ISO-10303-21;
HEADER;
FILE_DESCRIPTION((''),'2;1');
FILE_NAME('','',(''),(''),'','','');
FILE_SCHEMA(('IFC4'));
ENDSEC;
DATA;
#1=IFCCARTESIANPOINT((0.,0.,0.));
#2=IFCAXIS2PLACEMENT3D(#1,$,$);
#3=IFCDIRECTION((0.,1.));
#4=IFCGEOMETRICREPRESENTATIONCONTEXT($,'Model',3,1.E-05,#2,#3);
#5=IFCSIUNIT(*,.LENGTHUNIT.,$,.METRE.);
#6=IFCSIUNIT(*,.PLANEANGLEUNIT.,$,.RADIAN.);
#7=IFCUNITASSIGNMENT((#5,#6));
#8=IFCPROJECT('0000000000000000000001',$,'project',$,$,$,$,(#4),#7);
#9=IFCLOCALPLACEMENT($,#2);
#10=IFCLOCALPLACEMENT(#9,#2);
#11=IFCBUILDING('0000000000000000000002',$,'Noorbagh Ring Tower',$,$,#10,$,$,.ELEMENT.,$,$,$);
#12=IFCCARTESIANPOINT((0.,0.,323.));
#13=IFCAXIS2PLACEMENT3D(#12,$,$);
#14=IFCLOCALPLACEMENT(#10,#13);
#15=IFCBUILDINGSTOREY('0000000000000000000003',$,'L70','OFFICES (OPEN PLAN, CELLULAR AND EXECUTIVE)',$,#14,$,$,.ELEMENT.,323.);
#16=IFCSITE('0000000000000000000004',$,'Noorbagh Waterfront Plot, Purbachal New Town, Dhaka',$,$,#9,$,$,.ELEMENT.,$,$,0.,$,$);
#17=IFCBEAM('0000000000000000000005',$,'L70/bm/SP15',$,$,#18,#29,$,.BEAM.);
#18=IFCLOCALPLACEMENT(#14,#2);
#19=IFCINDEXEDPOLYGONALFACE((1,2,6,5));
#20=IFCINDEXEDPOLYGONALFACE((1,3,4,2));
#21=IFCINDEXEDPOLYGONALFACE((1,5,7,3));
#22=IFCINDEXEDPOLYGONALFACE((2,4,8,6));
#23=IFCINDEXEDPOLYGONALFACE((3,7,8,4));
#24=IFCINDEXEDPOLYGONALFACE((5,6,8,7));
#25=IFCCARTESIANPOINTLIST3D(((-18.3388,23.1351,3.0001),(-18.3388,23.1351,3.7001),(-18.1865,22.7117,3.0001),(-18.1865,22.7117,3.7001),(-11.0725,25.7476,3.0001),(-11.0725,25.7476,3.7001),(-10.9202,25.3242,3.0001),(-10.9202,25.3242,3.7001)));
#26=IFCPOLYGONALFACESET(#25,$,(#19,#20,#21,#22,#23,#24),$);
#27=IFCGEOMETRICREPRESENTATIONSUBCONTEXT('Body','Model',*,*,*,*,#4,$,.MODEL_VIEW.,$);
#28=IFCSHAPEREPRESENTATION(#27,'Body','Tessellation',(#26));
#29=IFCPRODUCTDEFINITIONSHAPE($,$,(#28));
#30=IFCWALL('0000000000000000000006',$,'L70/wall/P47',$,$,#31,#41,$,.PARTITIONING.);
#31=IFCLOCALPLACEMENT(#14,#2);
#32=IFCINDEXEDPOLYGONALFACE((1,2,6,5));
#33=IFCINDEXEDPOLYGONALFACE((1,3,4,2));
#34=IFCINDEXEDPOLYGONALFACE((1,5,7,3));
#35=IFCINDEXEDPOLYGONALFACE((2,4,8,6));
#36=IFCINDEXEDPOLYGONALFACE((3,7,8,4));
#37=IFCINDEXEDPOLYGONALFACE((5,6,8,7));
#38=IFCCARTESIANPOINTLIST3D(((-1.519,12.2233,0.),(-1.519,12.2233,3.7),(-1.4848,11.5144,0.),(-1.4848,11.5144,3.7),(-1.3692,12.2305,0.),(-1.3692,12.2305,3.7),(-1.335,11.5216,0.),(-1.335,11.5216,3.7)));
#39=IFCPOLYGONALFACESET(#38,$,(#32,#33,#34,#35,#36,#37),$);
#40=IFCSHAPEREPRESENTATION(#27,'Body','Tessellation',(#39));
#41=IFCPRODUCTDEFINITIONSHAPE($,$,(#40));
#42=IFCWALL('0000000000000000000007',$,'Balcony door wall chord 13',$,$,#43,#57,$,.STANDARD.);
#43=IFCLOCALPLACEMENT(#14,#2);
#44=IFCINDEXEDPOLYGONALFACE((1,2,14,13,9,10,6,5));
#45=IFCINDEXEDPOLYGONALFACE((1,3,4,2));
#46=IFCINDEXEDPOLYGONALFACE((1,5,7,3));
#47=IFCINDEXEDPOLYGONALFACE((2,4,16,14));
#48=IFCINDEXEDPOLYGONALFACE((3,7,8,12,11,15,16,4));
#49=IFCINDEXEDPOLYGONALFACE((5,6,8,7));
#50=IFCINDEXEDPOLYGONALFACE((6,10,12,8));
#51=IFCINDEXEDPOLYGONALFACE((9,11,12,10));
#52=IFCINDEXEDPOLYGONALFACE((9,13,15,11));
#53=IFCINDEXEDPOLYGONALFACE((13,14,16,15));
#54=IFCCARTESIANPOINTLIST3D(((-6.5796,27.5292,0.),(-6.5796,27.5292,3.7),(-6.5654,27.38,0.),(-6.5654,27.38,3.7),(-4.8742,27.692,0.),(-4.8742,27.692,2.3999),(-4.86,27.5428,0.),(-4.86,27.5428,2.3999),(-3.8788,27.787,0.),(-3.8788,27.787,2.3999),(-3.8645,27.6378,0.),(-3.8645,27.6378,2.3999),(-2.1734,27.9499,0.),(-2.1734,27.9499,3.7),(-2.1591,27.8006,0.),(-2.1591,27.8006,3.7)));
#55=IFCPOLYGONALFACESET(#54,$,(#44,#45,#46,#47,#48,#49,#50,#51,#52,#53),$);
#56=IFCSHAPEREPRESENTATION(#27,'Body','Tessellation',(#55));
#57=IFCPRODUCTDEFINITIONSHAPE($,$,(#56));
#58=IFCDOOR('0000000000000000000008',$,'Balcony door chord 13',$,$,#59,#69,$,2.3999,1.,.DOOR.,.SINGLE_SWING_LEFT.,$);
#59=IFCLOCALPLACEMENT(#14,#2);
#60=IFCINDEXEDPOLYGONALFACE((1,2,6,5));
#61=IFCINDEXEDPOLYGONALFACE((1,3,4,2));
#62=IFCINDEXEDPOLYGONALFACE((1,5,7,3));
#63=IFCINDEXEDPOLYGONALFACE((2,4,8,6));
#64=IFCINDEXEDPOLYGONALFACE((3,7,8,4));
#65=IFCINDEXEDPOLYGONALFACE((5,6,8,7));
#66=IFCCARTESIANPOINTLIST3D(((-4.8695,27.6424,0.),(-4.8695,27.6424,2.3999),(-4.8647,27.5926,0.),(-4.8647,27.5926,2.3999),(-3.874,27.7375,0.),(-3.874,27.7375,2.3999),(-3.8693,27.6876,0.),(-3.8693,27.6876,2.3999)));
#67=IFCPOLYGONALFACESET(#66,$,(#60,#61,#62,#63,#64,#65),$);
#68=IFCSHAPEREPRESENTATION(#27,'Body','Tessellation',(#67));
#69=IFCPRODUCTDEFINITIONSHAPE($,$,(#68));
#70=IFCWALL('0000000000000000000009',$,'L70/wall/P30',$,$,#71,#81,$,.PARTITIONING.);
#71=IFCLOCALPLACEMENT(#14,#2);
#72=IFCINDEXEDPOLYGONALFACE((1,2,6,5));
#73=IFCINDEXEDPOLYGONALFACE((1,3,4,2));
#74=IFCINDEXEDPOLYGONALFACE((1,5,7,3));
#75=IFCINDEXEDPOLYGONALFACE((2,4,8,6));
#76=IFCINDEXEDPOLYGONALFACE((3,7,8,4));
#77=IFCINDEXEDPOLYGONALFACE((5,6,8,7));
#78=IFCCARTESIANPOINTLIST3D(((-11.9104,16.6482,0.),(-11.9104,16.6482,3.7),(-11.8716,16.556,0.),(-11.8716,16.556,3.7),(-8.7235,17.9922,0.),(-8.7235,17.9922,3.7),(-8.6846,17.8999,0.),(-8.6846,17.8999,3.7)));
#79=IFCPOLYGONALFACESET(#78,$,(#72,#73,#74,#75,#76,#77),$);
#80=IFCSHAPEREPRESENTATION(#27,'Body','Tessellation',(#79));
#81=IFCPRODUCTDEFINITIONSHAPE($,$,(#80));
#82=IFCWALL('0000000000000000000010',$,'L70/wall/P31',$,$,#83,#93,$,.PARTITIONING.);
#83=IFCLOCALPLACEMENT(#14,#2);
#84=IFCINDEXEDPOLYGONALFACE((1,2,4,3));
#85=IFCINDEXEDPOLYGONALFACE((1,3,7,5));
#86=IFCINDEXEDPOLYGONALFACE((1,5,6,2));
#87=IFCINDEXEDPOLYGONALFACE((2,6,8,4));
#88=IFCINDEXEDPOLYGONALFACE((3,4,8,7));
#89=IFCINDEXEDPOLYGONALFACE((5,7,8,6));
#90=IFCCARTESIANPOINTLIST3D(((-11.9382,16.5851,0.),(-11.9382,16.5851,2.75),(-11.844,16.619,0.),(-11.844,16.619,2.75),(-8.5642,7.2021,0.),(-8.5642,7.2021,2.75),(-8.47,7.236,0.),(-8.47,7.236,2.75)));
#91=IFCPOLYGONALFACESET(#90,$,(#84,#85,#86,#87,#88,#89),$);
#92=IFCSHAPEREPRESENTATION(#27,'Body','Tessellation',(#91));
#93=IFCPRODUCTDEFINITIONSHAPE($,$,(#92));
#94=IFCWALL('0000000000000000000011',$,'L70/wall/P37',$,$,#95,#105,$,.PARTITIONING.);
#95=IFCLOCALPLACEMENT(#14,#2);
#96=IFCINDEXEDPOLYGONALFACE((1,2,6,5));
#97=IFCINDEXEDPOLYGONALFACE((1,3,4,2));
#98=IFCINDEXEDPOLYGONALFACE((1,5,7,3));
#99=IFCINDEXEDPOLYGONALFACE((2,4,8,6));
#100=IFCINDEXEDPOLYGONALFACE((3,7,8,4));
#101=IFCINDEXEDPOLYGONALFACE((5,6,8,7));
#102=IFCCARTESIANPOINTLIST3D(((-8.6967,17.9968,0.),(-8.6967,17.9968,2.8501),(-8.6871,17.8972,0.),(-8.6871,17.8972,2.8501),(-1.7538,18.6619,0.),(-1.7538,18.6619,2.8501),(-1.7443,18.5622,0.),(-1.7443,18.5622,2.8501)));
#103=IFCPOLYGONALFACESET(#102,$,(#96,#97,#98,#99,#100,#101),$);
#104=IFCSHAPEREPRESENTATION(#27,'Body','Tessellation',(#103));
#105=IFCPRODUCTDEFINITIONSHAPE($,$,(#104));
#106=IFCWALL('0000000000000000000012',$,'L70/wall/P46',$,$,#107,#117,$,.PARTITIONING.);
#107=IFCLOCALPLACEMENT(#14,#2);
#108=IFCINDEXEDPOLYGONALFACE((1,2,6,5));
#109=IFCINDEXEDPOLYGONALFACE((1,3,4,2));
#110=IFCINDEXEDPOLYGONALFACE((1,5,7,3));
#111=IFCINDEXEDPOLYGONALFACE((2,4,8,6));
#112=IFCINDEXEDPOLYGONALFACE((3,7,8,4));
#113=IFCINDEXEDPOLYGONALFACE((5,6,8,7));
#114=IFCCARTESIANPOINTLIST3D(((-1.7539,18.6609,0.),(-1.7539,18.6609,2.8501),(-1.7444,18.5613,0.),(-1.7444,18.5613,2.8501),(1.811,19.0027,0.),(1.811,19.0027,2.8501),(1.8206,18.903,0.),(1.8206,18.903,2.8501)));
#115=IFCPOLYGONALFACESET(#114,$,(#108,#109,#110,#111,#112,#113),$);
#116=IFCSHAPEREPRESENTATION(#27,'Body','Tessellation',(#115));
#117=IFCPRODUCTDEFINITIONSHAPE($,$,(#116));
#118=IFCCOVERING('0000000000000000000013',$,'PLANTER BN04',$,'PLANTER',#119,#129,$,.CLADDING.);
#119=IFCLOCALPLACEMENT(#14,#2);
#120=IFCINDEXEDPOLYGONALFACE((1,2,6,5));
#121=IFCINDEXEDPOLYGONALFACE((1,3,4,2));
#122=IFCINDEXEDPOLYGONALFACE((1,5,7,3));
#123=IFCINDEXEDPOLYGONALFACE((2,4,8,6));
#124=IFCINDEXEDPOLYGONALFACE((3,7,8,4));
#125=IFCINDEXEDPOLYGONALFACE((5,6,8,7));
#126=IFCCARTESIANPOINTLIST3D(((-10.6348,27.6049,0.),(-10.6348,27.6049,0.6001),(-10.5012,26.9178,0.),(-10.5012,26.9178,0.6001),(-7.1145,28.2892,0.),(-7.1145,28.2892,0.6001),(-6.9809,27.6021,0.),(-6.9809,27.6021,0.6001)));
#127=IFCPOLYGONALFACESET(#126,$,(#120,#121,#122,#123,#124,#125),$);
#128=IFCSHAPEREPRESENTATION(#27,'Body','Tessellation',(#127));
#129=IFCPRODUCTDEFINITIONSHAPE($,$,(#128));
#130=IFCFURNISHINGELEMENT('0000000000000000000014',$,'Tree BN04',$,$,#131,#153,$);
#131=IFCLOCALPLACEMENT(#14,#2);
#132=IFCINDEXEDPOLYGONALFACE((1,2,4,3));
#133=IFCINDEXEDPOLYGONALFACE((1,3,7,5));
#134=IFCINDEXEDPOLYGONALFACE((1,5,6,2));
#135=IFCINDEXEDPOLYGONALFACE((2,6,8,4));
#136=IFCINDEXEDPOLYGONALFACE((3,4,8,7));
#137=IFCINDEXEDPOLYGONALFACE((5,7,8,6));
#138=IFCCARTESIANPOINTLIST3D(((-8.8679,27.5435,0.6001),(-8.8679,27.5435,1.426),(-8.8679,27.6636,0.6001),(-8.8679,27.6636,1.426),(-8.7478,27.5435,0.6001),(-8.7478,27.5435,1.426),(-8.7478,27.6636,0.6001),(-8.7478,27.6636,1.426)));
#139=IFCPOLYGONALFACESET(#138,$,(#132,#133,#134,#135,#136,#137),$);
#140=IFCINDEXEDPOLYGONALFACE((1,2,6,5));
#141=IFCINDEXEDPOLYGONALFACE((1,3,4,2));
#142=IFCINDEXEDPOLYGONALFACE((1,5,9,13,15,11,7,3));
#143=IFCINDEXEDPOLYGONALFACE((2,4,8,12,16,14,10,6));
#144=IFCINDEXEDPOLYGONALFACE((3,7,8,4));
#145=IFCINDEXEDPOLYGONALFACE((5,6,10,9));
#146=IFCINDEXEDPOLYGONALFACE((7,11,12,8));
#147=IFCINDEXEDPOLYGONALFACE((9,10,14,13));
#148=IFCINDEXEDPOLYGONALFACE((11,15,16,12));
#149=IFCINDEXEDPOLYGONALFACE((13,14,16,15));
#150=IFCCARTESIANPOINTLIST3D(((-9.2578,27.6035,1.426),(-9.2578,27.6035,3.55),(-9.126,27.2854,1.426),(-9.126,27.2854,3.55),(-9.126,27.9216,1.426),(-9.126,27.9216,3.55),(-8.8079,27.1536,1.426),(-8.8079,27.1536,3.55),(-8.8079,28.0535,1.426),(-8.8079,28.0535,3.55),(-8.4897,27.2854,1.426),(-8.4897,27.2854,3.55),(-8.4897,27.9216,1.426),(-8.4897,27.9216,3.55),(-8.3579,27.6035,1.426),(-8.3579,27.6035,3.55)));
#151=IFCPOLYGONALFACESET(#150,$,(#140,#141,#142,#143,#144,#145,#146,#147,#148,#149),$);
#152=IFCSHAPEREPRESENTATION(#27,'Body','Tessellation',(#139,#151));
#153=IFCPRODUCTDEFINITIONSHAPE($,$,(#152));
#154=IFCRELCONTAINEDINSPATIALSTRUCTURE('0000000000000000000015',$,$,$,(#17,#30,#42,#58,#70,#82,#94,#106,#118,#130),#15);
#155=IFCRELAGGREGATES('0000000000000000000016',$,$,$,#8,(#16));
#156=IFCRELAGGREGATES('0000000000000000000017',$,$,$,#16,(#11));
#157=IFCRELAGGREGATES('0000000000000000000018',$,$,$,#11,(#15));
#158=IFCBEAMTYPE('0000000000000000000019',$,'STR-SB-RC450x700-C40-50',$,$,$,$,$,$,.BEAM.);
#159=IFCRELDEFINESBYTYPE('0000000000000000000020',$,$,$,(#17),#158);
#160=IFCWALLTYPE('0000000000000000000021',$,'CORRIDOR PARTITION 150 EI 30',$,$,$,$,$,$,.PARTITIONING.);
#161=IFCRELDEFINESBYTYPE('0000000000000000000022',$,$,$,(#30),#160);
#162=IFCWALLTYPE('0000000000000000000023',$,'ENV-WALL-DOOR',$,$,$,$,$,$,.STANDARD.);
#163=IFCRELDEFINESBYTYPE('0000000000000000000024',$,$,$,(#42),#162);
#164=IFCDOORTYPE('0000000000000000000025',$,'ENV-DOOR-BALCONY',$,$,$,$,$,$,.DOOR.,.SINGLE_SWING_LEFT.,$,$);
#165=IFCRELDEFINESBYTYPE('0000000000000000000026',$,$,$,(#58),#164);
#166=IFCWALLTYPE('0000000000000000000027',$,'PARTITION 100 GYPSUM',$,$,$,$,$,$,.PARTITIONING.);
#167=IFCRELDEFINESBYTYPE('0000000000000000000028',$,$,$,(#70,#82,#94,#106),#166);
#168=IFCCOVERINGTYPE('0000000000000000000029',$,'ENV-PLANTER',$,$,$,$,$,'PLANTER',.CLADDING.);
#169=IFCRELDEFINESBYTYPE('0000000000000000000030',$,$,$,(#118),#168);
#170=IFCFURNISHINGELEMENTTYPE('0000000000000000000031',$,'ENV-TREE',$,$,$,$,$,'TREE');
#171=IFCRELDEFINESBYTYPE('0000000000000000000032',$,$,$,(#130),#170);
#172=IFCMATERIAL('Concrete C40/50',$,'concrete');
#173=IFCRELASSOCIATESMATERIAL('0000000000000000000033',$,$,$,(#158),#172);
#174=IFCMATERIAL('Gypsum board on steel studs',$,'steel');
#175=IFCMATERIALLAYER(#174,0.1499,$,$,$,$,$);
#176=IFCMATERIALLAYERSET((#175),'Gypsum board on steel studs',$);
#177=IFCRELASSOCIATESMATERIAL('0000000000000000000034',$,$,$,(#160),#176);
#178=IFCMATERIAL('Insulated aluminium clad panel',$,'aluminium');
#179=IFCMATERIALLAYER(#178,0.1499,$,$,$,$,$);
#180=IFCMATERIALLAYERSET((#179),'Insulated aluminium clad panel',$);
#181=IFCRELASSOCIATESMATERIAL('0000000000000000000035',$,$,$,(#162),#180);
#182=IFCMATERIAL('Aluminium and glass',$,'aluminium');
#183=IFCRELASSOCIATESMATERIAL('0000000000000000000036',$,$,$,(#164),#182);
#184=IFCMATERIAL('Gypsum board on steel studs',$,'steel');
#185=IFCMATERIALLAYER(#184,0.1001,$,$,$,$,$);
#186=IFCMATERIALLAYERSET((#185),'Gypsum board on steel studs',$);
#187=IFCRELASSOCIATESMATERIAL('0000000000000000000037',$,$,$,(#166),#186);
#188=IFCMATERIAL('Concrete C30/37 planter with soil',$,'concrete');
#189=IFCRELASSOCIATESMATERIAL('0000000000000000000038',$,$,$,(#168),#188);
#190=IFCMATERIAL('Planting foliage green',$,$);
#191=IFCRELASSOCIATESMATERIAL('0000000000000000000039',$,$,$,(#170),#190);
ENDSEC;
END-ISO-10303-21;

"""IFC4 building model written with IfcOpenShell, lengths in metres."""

from ifc_helpers import new_model, si_unit, direction, frame, frame_2d, origin, origin_2d, place, context, subcontext, project, spatial, polyline, rectangle, outline, extrude, material, layer, layer_set, material_profile, profile_set, type_object, element, fill, save


model = new_model("IFC4")

# Units and contexts
model_context = context("Model", 3, precision=1e-05, world=origin(), true_north=direction((0.0, 1.0)))
body_context = subcontext(model_context, "Body", "Model", "MODEL_VIEW")
ifc_project = project(units=[si_unit("LENGTHUNIT", "METRE"), si_unit("PLANEANGLEUNIT", "RADIAN")], contexts=[model_context])

# Site, building, storey
site_placement = place(None, origin())
site = spatial("IfcSite", under=ifc_project, at=site_placement, Name="Noorbagh Waterfront Plot, Purbachal New Town, Dhaka", CompositionType="ELEMENT", RefElevation=0.0)
building_placement = place(site_placement, origin())
building = spatial("IfcBuilding", under=site, at=building_placement, Name="Noorbagh Ring Tower", CompositionType="ELEMENT")
storey_placement = place(building_placement, frame((0.0, 0.0, 323.0)))
storey = spatial("IfcBuildingStorey", under=building, at=storey_placement, Name="L70", Description="OFFICES (OPEN PLAN, CELLULAR AND EXECUTIVE)", CompositionType="ELEMENT", Elevation=323.0)

# Beam
ifc_material_1 = material(Name="Concrete C40/50", Category="concrete")
ifc_material_profile_1 = material_profile(ifc_material_1, rectangle(XDim=0.45, YDim=0.7, at=origin_2d()), Name="RC450x700")
ifc_profile_set_1 = profile_set([ifc_material_profile_1], Name="Concrete C40/50")
beam_type_1 = type_object("IfcBeamType", Name="STR-SB-RC450x700-C40-50", PredefinedType="BEAM", material=ifc_profile_set_1)
beam_1_placement = place(storey_placement, frame((-10.9963, 25.5359, 3.3501), z_axis=(-0.941025, -0.338337, 0.0), x_axis=(0.338337, -0.941025, 0.0)))
element("IfcBeam", 1, at=beam_1_placement, inside=storey, type_object=beam_type_1, Name="L70/bm/SP15", PredefinedType="BEAM", context=body_context, shape_type="SweptSolid", body=[
    extrude(rectangle(XDim=0.45, YDim=0.7, at=origin_2d()), origin(), (0.0, 0.0, 1.0), 7.7217),
])

# Wall
ifc_material_2 = material(Name="Gypsum board on steel studs", Category="steel")
ifc_layer_1 = layer(ifc_material_2, 0.1499)
ifc_layer_set_1 = layer_set([ifc_layer_1], Name="Gypsum board on steel studs")
wall_type_1 = type_object("IfcWallType", Name="CORRIDOR PARTITION 150 EI 30", PredefinedType="PARTITIONING", material=ifc_layer_set_1)
wall_1_placement = place(storey_placement, frame((-1.4441, 12.2271, 0.0), z_axis=(0.0, 0.0, 1.0), x_axis=(0.048153, -0.99884, 0.0)))
element("IfcWall", 2, at=wall_1_placement, inside=storey, type_object=wall_type_1, Name="L70/wall/P47", PredefinedType="PARTITIONING", context=body_context, shape_type="SweptSolid", body=[
    extrude(rectangle(XDim=0.7097, YDim=0.1499, at=frame_2d((0.355, 0.0))), origin(), (0.0, 0.0, 1.0), 3.7),
])

# Wall, opening, door
ifc_material_3 = material(Name="Insulated aluminium clad panel", Category="aluminium")
ifc_layer_2 = layer(ifc_material_3, 0.1499)
ifc_layer_set_2 = layer_set([ifc_layer_2], Name="Insulated aluminium clad panel")
wall_type_2 = type_object("IfcWallType", Name="ENV-WALL-DOOR", PredefinedType="STANDARD", material=ifc_layer_set_2)
wall_2_placement = place(storey_placement, frame((-2.1663, 27.8752, 0.0), z_axis=(0.0, 0.0, 1.0), x_axis=(-0.995474, -0.095036, 0.0)))
wall_2 = element("IfcWall", 3, at=wall_2_placement, inside=storey, type_object=wall_type_2, Name="Balcony door wall chord 13", PredefinedType="STANDARD", context=body_context, shape_type="SweptSolid", body=[
    extrude(rectangle(XDim=4.4263, YDim=0.1499, at=frame_2d((2.2131, 0.0))), origin(), (0.0, 0.0, 1.0), 3.7),
])
opening_placement = place(wall_2_placement, frame((1.7131, 0.0, 0.0)))
opening = element("IfcOpeningElement", 4, at=opening_placement, cuts=wall_2, PredefinedType="OPENING", context=body_context, shape_type="SweptSolid", body=[
    extrude(rectangle(XDim=1.0, YDim=2.3999, at=frame_2d((0.5, 1.2))), frame((0.0, 0.085, 0.0), z_axis=(0.0, -1.0, 0.0), x_axis=(1.0, 0.0, 0.0)), (0.0, 0.0, 1.0), 0.1699),
])
ifc_material_4 = material(Name="Aluminium and glass", Category="aluminium")
door_type = type_object("IfcDoorType", Name="ENV-DOOR-BALCONY", OperationType="SINGLE_SWING_LEFT", PredefinedType="DOOR", material=ifc_material_4)
door_placement = place(opening_placement, origin())
door = element("IfcDoor", 5, at=door_placement, inside=storey, type_object=door_type, Name="Balcony door chord 13", OperationType="SINGLE_SWING_LEFT", OverallHeight=2.3999, OverallWidth=1.0, PredefinedType="DOOR", context=body_context, shape_type="SweptSolid", body=[
    extrude(rectangle(XDim=1.0, YDim=2.3999, at=frame_2d((0.5, 1.2))), frame((0.0, 0.0249, 0.0), z_axis=(0.0, -1.0, 0.0), x_axis=(1.0, 0.0, 0.0)), (0.0, 0.0, 1.0), 0.05),
])
fill(opening, door)

# Walls
ifc_material_5 = material(Name="Gypsum board on steel studs", Category="steel")
ifc_layer_3 = layer(ifc_material_5, 0.1001)
ifc_layer_set_3 = layer_set([ifc_layer_3], Name="Gypsum board on steel studs")
wall_type_3 = type_object("IfcWallType", Name="PARTITION 100 GYPSUM", PredefinedType="PARTITIONING", material=ifc_layer_set_3)
wall_3_placement = place(storey_placement, frame((-11.8911, 16.6021, 0.0), z_axis=(0.0, 0.0, 1.0), x_axis=(0.921419, 0.388571, 0.0)))
element("IfcWall", 6, at=wall_3_placement, inside=storey, type_object=wall_type_3, Name="L70/wall/P30", PredefinedType="PARTITIONING", context=body_context, shape_type="SweptSolid", body=[
    extrude(rectangle(XDim=3.4587, YDim=0.1001, at=frame_2d((1.7295, 0.0))), origin(), (0.0, 0.0, 1.0), 3.7),
])
wall_4_placement = place(storey_placement, frame((-11.8911, 16.6021, 0.0), z_axis=(0.0, 0.0, 1.0), x_axis=(0.338375, -0.941011, 0.0)))
element("IfcWall", 7, at=wall_4_placement, inside=storey, type_object=wall_type_3, Name="L70/wall/P31", PredefinedType="PARTITIONING", context=body_context, shape_type="SweptSolid", body=[
    extrude(rectangle(XDim=9.9712, YDim=0.1001, at=frame_2d((4.9856, 0.0))), origin(), (0.0, 0.0, 1.0), 2.75),
])
wall_5_placement = place(storey_placement, frame((-8.6919, 17.947, 0.0), z_axis=(0.0, 0.0, 1.0), x_axis=(0.995444, 0.095351, 0.0)))
element("IfcWall", 8, at=wall_5_placement, inside=storey, type_object=wall_type_3, Name="L70/wall/P37", PredefinedType="PARTITIONING", context=body_context, shape_type="SweptSolid", body=[
    extrude(rectangle(XDim=6.9746, YDim=0.1001, at=frame_2d((3.4873, 0.0))), origin(), (0.0, 0.0, 1.0), 2.8501),
])
wall_6_placement = place(storey_placement, frame((-1.749, 18.6111, 0.0), z_axis=(0.0, 0.0, 1.0), x_axis=(0.995435, 0.09544, 0.0)))
element("IfcWall", 9, at=wall_6_placement, inside=storey, type_object=wall_type_3, Name="L70/wall/P46", PredefinedType="PARTITIONING", context=body_context, shape_type="SweptSolid", body=[
    extrude(rectangle(XDim=3.5813, YDim=0.1001, at=frame_2d((1.7905, 0.0))), origin(), (0.0, 0.0, 1.0), 2.8501),
])

# Covering
ifc_material_6 = material(Name="Concrete C30/37 planter with soil", Category="concrete")
covering_type = type_object("IfcCoveringType", Name="ENV-PLANTER", ElementType="PLANTER", PredefinedType="CLADDING", material=ifc_material_6)
covering_placement = place(storey_placement, frame((-8.8079, 27.6035, 0.0), z_axis=(0.0, 0.0, 1.0), x_axis=(-0.981625, -0.19082, 0.0)))
element("IfcCovering", 10, at=covering_placement, inside=storey, type_object=covering_type, Name="PLANTER BN04", ObjectType="PLANTER", PredefinedType="CLADDING", context=body_context, shape_type="SweptSolid", body=[
    extrude(rectangle(XDim=3.5862, YDim=0.7, at=origin_2d()), origin(), (0.0, 0.0, 1.0), 0.6001),
])

# Furnishing element
ifc_material_7 = material(Name="Planting foliage green")
furnishing_element_type = type_object("IfcFurnishingElementType", Name="ENV-TREE", ElementType="TREE", material=ifc_material_7)
furnishing_placement = place(storey_placement, frame((-8.8079, 27.6035, 0.6001), z_axis=(0.0, 0.0, 1.0), x_axis=(1.0, 0.0, 0.0)))
element("IfcFurnishingElement", 11, at=furnishing_placement, inside=storey, type_object=furnishing_element_type, Name="Tree BN04", context=body_context, shape_type="SweptSolid", body=[
    extrude(rectangle(XDim=0.1201, YDim=0.1201, at=origin_2d()), origin(), (0.0, 0.0, 1.0), 0.8259),
    extrude(outline(polyline([(0.45, 0.0), (0.3181, 0.3181), (0.0, 0.45), (-0.3181, 0.3181), (-0.45, 0.0), (-0.3181, -0.3181), (0.0, -0.45), (0.3181, -0.3181), (0.45, 0.0)])), frame((0.0, 0.0, 0.8259)), (0.0, 0.0, 1.0), 2.124),
])

save(model, "model.ifc")
